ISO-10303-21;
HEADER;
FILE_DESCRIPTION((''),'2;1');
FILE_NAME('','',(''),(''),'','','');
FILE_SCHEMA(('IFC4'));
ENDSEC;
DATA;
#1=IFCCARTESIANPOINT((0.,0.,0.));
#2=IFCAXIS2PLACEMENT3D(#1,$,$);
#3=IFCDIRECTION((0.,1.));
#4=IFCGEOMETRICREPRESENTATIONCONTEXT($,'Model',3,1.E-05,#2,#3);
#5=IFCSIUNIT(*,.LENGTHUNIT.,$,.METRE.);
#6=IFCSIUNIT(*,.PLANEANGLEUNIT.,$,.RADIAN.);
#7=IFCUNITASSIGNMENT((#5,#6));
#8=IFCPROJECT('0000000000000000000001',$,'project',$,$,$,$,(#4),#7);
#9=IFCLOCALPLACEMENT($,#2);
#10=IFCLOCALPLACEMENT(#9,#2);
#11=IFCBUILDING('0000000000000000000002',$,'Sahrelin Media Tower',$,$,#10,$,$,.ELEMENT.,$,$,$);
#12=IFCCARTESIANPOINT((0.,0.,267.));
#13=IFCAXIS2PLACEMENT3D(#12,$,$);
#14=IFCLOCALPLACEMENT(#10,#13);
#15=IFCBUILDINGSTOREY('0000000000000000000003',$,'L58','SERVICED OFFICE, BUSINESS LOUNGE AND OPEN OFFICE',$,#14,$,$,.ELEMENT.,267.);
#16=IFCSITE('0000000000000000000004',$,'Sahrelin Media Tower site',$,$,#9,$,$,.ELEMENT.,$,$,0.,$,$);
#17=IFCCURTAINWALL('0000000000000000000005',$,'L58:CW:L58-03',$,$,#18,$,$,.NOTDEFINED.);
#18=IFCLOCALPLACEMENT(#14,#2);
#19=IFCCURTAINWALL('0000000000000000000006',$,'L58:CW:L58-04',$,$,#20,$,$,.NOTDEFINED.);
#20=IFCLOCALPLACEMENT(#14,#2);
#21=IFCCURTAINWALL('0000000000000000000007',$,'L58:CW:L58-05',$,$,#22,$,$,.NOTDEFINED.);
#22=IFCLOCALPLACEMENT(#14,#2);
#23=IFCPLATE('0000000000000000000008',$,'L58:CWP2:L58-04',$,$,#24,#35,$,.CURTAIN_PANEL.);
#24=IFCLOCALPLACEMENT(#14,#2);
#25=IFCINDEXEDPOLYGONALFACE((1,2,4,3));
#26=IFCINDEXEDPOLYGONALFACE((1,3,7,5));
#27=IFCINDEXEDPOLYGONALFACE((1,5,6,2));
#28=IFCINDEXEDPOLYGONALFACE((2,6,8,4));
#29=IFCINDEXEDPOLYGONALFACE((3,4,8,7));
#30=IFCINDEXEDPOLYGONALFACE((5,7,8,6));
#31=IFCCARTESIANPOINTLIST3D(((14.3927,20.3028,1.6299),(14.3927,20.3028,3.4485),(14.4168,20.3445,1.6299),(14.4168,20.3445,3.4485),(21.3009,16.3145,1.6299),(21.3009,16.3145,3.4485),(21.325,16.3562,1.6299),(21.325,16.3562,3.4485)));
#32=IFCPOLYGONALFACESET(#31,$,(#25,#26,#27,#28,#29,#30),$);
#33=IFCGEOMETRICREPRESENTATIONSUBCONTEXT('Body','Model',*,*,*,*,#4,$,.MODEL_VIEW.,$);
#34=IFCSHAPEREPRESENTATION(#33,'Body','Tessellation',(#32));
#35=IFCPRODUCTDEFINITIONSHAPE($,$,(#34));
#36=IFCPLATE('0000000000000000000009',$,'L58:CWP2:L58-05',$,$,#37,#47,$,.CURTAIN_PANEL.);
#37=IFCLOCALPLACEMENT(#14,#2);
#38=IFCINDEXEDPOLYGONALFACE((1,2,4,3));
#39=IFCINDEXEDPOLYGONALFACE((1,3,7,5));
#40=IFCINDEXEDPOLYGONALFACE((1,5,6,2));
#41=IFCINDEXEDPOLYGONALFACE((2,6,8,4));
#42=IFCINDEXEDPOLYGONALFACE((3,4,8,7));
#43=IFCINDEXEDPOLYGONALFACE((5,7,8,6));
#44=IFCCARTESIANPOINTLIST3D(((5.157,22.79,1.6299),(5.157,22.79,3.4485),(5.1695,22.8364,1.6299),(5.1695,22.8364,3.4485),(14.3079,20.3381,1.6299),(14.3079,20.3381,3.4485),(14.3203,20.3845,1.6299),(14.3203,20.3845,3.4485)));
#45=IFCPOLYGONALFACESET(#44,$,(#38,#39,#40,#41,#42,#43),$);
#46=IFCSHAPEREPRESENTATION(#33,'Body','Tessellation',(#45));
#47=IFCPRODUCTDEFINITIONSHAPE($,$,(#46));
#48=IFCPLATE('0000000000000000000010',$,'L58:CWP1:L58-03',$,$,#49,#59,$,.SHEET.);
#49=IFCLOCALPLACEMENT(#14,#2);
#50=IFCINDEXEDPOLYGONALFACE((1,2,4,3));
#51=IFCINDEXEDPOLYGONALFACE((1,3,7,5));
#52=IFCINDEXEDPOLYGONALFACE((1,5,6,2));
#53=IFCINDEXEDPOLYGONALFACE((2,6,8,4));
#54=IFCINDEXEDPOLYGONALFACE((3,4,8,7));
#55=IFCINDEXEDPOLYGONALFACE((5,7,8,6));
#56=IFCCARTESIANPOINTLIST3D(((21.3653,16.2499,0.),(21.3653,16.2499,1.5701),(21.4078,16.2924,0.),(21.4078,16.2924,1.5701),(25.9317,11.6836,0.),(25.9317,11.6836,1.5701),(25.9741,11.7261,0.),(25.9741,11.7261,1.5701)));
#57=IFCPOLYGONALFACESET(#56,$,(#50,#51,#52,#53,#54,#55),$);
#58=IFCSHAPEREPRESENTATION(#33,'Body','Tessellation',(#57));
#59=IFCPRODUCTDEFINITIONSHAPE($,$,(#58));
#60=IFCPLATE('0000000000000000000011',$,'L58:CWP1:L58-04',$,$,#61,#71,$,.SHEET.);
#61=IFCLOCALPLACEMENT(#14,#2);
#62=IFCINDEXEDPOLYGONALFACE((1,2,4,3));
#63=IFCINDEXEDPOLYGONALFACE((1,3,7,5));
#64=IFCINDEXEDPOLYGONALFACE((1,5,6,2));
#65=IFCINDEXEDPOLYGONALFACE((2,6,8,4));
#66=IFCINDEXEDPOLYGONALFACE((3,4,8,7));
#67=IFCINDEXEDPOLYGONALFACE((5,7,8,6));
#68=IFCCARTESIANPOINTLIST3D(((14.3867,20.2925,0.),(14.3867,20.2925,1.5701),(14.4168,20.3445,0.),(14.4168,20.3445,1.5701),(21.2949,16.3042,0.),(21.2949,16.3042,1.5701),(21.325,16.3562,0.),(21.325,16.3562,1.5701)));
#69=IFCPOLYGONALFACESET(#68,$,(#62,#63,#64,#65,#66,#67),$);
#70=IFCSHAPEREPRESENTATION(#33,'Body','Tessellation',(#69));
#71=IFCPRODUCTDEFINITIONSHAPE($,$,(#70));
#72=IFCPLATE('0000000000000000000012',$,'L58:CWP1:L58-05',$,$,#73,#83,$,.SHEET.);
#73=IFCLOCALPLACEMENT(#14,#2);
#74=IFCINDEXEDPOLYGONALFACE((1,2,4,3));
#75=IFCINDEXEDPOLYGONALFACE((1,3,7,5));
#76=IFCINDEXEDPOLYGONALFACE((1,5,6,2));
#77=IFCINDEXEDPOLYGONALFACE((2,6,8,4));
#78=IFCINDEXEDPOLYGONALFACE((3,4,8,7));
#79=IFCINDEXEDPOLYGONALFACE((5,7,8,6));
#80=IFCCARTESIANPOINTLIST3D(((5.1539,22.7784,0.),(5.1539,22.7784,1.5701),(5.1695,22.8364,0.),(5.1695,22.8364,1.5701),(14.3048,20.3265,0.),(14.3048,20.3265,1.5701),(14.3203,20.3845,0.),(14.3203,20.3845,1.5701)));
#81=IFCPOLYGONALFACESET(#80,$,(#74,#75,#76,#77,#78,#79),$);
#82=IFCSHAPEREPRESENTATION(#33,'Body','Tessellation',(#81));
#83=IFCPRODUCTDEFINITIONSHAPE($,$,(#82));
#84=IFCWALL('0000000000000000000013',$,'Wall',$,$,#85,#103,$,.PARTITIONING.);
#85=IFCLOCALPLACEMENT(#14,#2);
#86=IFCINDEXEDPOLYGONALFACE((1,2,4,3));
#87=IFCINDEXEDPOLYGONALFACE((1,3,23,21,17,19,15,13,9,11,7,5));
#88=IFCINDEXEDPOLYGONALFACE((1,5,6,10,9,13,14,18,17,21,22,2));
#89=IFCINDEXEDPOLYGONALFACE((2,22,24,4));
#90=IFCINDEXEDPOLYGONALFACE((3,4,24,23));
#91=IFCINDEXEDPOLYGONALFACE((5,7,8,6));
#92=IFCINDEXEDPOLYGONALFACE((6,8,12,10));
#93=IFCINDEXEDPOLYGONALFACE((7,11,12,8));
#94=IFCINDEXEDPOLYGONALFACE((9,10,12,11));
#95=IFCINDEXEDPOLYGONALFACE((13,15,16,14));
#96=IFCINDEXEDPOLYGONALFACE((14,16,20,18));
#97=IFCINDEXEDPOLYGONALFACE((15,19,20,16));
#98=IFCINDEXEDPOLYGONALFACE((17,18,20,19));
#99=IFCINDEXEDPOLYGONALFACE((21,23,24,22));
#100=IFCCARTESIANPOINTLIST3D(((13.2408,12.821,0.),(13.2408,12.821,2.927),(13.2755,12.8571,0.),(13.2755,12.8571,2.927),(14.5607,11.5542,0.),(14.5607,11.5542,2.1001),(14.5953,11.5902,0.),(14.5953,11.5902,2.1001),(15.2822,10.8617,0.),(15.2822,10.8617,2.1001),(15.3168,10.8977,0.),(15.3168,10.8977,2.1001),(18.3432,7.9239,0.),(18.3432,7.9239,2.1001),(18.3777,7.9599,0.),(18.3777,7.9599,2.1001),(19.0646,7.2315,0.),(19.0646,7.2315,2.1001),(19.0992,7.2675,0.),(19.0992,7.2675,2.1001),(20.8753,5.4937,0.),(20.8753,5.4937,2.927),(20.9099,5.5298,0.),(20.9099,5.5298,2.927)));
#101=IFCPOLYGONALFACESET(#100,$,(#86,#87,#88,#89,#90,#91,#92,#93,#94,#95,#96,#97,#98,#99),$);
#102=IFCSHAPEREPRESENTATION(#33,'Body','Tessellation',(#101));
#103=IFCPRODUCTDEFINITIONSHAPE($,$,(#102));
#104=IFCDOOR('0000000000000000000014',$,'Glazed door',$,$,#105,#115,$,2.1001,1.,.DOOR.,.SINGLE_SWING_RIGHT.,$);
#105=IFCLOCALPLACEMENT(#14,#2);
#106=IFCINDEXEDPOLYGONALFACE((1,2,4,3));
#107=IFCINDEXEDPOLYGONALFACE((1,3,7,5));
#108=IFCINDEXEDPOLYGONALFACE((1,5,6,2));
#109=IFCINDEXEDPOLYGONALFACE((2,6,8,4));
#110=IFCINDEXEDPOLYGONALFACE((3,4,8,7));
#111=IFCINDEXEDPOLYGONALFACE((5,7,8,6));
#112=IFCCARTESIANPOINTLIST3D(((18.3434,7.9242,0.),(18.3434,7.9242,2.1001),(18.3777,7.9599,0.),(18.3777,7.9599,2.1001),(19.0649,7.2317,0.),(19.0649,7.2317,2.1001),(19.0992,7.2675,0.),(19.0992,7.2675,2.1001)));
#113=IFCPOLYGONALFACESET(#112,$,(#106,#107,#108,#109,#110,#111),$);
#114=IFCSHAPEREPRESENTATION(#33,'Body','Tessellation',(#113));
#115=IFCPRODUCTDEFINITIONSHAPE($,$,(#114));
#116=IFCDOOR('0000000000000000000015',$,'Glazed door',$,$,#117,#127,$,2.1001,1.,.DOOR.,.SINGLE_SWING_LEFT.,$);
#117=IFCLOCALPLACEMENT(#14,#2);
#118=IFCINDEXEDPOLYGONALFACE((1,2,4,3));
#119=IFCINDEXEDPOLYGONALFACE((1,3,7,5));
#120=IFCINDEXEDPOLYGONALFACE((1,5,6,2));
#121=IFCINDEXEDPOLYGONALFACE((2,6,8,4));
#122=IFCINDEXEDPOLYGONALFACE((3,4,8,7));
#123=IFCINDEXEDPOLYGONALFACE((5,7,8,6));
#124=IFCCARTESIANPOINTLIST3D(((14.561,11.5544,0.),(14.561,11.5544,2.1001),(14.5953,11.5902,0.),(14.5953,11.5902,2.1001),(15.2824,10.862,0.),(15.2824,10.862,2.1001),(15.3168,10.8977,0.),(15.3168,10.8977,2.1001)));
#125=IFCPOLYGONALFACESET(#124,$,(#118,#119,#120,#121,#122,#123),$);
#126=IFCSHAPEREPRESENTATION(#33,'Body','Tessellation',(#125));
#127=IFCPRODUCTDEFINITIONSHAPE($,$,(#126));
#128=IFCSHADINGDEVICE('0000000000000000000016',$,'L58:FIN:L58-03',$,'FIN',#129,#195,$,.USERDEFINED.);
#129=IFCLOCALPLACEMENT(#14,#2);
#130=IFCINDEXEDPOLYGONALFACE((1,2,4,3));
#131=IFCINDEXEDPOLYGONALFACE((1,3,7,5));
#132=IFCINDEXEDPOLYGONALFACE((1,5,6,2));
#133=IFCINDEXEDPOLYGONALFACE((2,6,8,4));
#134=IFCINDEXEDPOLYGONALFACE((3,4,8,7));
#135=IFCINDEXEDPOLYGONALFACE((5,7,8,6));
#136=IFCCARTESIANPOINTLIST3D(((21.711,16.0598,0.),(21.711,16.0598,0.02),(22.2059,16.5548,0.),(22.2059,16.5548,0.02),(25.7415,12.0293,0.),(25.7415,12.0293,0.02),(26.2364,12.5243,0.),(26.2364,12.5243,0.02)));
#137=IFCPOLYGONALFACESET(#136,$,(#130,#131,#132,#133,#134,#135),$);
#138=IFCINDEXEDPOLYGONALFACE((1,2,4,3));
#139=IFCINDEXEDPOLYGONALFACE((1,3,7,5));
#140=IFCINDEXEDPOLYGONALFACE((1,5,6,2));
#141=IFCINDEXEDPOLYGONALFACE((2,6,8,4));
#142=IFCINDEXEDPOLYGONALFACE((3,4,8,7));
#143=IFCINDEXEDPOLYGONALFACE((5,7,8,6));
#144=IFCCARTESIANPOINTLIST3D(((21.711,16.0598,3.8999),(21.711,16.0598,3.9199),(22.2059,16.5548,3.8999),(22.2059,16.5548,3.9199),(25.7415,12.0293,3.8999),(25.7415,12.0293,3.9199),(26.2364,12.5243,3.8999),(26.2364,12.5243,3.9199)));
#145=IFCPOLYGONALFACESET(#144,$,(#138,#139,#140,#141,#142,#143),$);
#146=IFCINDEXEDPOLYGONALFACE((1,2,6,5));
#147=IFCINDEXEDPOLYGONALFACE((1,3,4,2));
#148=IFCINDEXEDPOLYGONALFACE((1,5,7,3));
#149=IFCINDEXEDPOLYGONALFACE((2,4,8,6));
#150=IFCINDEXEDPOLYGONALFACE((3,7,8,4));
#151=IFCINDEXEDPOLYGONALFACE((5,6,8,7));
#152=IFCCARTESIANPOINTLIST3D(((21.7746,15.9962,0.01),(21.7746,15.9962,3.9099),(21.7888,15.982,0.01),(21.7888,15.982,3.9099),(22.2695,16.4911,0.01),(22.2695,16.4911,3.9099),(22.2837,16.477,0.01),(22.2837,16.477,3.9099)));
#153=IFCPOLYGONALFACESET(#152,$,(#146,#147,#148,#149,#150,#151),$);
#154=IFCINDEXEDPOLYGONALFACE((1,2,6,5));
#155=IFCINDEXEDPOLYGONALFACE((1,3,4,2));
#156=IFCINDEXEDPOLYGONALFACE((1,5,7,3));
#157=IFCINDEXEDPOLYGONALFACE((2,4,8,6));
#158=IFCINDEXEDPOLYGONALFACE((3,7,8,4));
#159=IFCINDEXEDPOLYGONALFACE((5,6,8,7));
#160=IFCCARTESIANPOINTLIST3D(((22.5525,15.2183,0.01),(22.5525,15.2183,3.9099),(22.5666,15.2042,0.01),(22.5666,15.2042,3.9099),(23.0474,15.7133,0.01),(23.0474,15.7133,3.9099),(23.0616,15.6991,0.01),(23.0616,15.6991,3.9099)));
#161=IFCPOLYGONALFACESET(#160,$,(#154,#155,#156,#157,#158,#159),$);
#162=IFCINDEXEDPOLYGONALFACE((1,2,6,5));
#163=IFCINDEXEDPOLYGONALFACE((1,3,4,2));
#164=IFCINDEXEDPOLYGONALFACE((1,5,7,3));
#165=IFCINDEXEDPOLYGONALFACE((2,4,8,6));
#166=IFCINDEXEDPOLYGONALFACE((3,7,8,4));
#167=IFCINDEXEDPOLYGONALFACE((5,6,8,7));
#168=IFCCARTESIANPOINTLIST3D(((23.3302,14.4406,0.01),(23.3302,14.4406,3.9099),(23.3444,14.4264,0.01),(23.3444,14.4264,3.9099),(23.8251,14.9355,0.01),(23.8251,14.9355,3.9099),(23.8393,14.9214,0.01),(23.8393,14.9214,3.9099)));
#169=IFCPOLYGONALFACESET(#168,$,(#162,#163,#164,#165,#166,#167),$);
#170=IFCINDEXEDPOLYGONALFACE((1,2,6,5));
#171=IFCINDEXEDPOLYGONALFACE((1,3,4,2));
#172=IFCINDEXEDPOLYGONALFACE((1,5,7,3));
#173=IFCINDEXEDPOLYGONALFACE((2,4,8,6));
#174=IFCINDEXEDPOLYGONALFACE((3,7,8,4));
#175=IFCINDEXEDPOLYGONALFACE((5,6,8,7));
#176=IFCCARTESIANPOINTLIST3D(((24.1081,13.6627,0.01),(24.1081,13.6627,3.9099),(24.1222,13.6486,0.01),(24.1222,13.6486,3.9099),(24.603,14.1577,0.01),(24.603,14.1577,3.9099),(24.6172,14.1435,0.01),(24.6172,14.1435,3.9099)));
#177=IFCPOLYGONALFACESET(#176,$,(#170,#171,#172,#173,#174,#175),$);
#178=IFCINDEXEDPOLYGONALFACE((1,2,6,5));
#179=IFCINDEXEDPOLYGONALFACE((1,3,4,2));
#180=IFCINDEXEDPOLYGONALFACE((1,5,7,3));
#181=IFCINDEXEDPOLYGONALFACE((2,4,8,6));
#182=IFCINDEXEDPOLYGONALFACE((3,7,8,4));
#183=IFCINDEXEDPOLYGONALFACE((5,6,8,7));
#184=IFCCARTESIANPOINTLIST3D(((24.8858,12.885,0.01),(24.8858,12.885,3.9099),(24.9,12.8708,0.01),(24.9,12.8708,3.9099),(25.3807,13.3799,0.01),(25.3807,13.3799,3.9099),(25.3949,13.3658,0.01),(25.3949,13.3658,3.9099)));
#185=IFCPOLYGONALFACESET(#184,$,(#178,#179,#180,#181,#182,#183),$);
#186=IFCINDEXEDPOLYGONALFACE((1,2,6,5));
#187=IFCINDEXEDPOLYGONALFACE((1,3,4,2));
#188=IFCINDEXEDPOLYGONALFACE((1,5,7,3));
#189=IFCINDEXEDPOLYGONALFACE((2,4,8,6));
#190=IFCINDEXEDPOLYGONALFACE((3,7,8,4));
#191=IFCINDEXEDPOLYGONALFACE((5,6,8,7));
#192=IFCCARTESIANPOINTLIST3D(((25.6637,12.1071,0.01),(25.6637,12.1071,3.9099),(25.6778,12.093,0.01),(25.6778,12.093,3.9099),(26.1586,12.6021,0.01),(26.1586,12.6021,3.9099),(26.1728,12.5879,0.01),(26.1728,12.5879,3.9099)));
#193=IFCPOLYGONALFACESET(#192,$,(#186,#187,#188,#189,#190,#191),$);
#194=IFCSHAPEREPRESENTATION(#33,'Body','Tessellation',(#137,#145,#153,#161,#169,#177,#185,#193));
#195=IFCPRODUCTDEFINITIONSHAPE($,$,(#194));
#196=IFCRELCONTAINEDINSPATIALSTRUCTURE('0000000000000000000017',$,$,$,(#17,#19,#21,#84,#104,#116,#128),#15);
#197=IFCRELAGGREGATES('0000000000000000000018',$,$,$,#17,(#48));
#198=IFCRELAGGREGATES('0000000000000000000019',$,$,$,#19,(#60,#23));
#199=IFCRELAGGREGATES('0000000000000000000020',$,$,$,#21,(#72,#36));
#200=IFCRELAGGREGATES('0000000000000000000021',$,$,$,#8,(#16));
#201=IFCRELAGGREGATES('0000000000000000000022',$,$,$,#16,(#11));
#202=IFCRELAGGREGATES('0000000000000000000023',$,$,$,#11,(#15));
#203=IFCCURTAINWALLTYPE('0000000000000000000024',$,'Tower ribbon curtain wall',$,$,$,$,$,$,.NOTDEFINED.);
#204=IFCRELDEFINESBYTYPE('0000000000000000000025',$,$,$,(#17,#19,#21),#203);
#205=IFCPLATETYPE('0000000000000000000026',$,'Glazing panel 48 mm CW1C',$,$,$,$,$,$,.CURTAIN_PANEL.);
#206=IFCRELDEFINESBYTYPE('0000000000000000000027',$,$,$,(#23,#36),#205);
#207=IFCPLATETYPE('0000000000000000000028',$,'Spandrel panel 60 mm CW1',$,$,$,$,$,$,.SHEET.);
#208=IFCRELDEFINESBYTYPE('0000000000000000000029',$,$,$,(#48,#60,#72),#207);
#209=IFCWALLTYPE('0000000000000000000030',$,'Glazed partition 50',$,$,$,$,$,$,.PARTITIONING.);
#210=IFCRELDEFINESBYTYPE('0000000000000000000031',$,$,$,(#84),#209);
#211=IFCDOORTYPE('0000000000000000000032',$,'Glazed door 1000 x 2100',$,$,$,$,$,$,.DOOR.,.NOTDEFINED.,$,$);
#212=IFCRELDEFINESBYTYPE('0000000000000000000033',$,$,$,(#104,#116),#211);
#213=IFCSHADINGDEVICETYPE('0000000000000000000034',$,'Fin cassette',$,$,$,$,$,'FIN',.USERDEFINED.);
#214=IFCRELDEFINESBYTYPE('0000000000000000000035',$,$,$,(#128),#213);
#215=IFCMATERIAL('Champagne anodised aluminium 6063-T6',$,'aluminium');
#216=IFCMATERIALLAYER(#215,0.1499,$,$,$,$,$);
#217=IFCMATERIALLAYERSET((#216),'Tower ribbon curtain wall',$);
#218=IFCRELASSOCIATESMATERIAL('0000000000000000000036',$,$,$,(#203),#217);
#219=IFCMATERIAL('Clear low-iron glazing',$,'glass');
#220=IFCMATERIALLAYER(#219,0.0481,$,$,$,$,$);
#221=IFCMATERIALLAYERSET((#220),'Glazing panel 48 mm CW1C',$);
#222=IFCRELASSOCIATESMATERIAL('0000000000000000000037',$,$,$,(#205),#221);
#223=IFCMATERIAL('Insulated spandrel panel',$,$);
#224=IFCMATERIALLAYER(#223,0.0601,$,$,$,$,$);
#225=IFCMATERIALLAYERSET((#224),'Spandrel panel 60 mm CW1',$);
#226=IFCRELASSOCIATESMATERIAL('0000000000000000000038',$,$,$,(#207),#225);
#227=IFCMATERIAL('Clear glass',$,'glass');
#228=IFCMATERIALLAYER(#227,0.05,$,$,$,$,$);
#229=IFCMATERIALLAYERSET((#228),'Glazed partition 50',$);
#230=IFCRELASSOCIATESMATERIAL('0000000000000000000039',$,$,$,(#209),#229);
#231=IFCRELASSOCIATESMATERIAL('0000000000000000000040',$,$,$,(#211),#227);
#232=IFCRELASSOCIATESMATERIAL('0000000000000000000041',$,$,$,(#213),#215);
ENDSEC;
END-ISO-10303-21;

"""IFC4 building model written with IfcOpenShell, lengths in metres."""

from ifc_helpers import new_model, si_unit, direction, frame, frame_2d, origin, origin_2d, place, context, subcontext, project, spatial, polyline, rectangle, outline, extrude, material, layer, layer_set, type_object, element, fill, aggregate, save


model = new_model("IFC4")

# Units and contexts
model_context = context("Model", 3, precision=1e-05, world=origin(), true_north=direction((0.0, 1.0)))
body_context = subcontext(model_context, "Body", "Model", "MODEL_VIEW")
ifc_project = project(units=[si_unit("LENGTHUNIT", "METRE"), si_unit("PLANEANGLEUNIT", "RADIAN")], contexts=[model_context])

# Site, building, storey
site_placement = place(None, origin())
site = spatial("IfcSite", under=ifc_project, at=site_placement, Name="Sahrelin Media Tower site", CompositionType="ELEMENT", RefElevation=0.0)
building_placement = place(site_placement, origin())
building = spatial("IfcBuilding", under=site, at=building_placement, Name="Sahrelin Media Tower", CompositionType="ELEMENT")
storey_placement = place(building_placement, frame((0.0, 0.0, 267.0)))
storey = spatial("IfcBuildingStorey", under=building, at=storey_placement, Name="L58", Description="SERVICED OFFICE, BUSINESS LOUNGE AND OPEN OFFICE", CompositionType="ELEMENT", Elevation=267.0)

# Curtain walls
ifc_material_1 = material(Name="Champagne anodised aluminium 6063-T6", Category="aluminium")
ifc_layer_1 = layer(ifc_material_1, 0.1499)
ifc_layer_set_1 = layer_set([ifc_layer_1], Name="Tower ribbon curtain wall")
curtain_wall_type = type_object("IfcCurtainWallType", Name="Tower ribbon curtain wall", PredefinedType="NOTDEFINED", material=ifc_layer_set_1)
curtain_wall_1_placement = place(storey_placement, frame((23.6768, 13.9951, 0.0), z_axis=(0.0, 0.0, 1.0), x_axis=(1.0, 0.0, 0.0)))
curtain_wall_1 = element("IfcCurtainWall", 1, at=curtain_wall_1_placement, inside=storey, type_object=curtain_wall_type, Name="L58:CW:L58-03", PredefinedType="NOTDEFINED")
curtain_wall_2_placement = place(storey_placement, frame((17.8608, 18.333, 0.0), z_axis=(0.0, 0.0, 1.0), x_axis=(1.0, 0.0, 0.0)))
curtain_wall_2 = element("IfcCurtainWall", 2, at=curtain_wall_2_placement, inside=storey, type_object=curtain_wall_type, Name="L58:CW:L58-04", PredefinedType="NOTDEFINED")

# Curtain wall
curtain_wall_3_placement = place(storey_placement, frame((9.7397, 21.5913, 0.0), z_axis=(0.0, 0.0, 1.0), x_axis=(1.0, 0.0, 0.0)))
curtain_wall_3 = element("IfcCurtainWall", 3, at=curtain_wall_3_placement, inside=storey, type_object=curtain_wall_type, Name="L58:CW:L58-05", PredefinedType="NOTDEFINED")

# Plates
ifc_material_2 = material(Name="Clear low-iron glazing", Category="glass")
ifc_layer_2 = layer(ifc_material_2, 0.0481)
ifc_layer_set_2 = layer_set([ifc_layer_2], Name="Glazing panel 48 mm CW1C")
plate_type_1 = type_object("IfcPlateType", Name="Glazing panel 48 mm CW1C", PredefinedType="CURTAIN_PANEL", material=ifc_layer_set_2)
plate_1_placement = place(storey_placement, frame((21.325, 16.3562, 1.6299), z_axis=(0.499984, 0.866035, 0.0), x_axis=(-0.866035, 0.499984, 0.0)))
plate_1 = element("IfcPlate", 4, at=plate_1_placement, type_object=plate_type_1, Name="L58:CWP2:L58-04", PredefinedType="CURTAIN_PANEL", context=body_context, shape_type="SweptSolid", body=[
    extrude(outline(polyline([(0.0, 0.0), (7.9768, 0.0), (7.9768, 1.8186), (0.0, 1.8186), (0.0, 0.0)])), origin(), (0.0, 0.0, -1.0), 0.0481),
])
plate_2_placement = place(storey_placement, frame((14.3203, 20.3845, 1.6299), z_axis=(0.258813, 0.965928, 0.0), x_axis=(-0.965928, 0.258813, 0.0)))
plate_2 = element("IfcPlate", 5, at=plate_2_placement, type_object=plate_type_1, Name="L58:CWP2:L58-05", PredefinedType="CURTAIN_PANEL", context=body_context, shape_type="SweptSolid", body=[
    extrude(outline(polyline([(0.0, 0.0), (9.4736, 0.0), (9.4736, 1.8186), (0.0, 1.8186), (0.0, 0.0)])), origin(), (0.0, 0.0, -1.0), 0.0481),
])
ifc_material_3 = material(Name="Insulated spandrel panel")
ifc_layer_3 = layer(ifc_material_3, 0.0601)
ifc_layer_set_3 = layer_set([ifc_layer_3], Name="Spandrel panel 60 mm CW1")
plate_type_2 = type_object("IfcPlateType", Name="Spandrel panel 60 mm CW1", PredefinedType="SHEET", material=ifc_layer_set_3)
plate_3_placement = place(storey_placement, frame((25.9741, 11.7261, 0.0), z_axis=(0.707107, 0.707107, 0.0), x_axis=(-0.707107, 0.707107, 0.0)))
plate_3 = element("IfcPlate", 6, at=plate_3_placement, type_object=plate_type_2, Name="L58:CWP1:L58-03", PredefinedType="SHEET", context=body_context, shape_type="SweptSolid", body=[
    extrude(outline(polyline([(0.0, 0.0), (6.4578, 0.0), (6.4578, 1.5701), (0.0, 1.5701), (0.0, 0.0)])), origin(), (0.0, 0.0, -1.0), 0.0601),
])
aggregate(curtain_wall_1, [plate_3])
plate_4_placement = place(storey_placement, frame((21.325, 16.3562, 0.0), z_axis=(0.499984, 0.866035, 0.0), x_axis=(-0.866035, 0.499984, 0.0)))
plate_4 = element("IfcPlate", 7, at=plate_4_placement, type_object=plate_type_2, Name="L58:CWP1:L58-04", PredefinedType="SHEET", context=body_context, shape_type="SweptSolid", body=[
    extrude(outline(polyline([(0.0, 0.0), (7.9768, 0.0), (7.9768, 1.5701), (0.0, 1.5701), (0.0, 0.0)])), origin(), (0.0, 0.0, -1.0), 0.0601),
])
aggregate(curtain_wall_2, [plate_4, plate_1])
plate_5_placement = place(storey_placement, frame((14.3203, 20.3845, 0.0), z_axis=(0.258813, 0.965928, 0.0), x_axis=(-0.965928, 0.258813, 0.0)))
plate_5 = element("IfcPlate", 8, at=plate_5_placement, type_object=plate_type_2, Name="L58:CWP1:L58-05", PredefinedType="SHEET", context=body_context, shape_type="SweptSolid", body=[
    extrude(outline(polyline([(0.0, 0.0), (9.4736, 0.0), (9.4736, 1.5701), (0.0, 1.5701), (0.0, 0.0)])), origin(), (0.0, 0.0, -1.0), 0.0601),
])
aggregate(curtain_wall_3, [plate_5, plate_2])

# Wall, openings, doors
ifc_material_4 = material(Name="Clear glass", Category="glass")
ifc_layer_4 = layer(ifc_material_4, 0.05)
ifc_layer_set_4 = layer_set([ifc_layer_4], Name="Glazed partition 50")
wall_type = type_object("IfcWallType", Name="Glazed partition 50", PredefinedType="PARTITIONING", material=ifc_layer_set_4)
wall_placement = place(storey_placement, frame((13.2581, 12.8391, 0.0), z_axis=(0.0, 0.0, 1.0), x_axis=(0.72147, -0.692446, 0.0)))
wall = element("IfcWall", 9, at=wall_placement, inside=storey, type_object=wall_type, Name="Wall", PredefinedType="PARTITIONING", context=body_context, shape_type="SweptSolid", body=[
    extrude(rectangle(XDim=10.5818, YDim=0.05, at=frame_2d((5.291, 0.0))), origin(), (0.0, 0.0, 1.0), 2.927),
])
opening_1_placement = place(wall_placement, frame((7.0723, 0.0, 0.0)))
opening_1 = element("IfcOpeningElement", 10, at=opening_1_placement, cuts=wall, PredefinedType="OPENING", context=body_context, shape_type="SweptSolid", body=[
    extrude(rectangle(XDim=1.0, YDim=2.1001, at=frame_2d((0.5, 1.05))), frame((0.0, 0.0249, 0.0), z_axis=(0.0, -1.0, 0.0), x_axis=(1.0, 0.0, 0.0)), (0.0, 0.0, 1.0), 0.05),
])
opening_2_placement = place(wall_placement, frame((1.8296, 0.0, 0.0)))
opening_2 = element("IfcOpeningElement", 11, at=opening_2_placement, cuts=wall, PredefinedType="OPENING", context=body_context, shape_type="SweptSolid", body=[
    extrude(rectangle(XDim=1.0, YDim=2.1001, at=frame_2d((0.5, 1.05))), frame((0.0, 0.0249, 0.0), z_axis=(0.0, -1.0, 0.0), x_axis=(1.0, 0.0, 0.0)), (0.0, 0.0, 1.0), 0.05),
])
door_type = type_object("IfcDoorType", Name="Glazed door 1000 x 2100", OperationType="NOTDEFINED", PredefinedType="DOOR", material=ifc_material_4)
door_1_placement = place(opening_1_placement, origin())
door_1 = element("IfcDoor", 12, at=door_1_placement, inside=storey, type_object=door_type, Name="Glazed door", OperationType="SINGLE_SWING_RIGHT", OverallHeight=2.1001, OverallWidth=1.0, PredefinedType="DOOR", context=body_context, shape_type="SweptSolid", body=[
    extrude(rectangle(XDim=1.0, YDim=2.1001, at=frame_2d((0.5, 1.05))), frame((0.0, 0.0249, 0.0), z_axis=(0.0, -1.0, 0.0), x_axis=(1.0, 0.0, 0.0)), (0.0, 0.0, 1.0), 0.0496),
])
fill(opening_1, door_1)
door_2_placement = place(opening_2_placement, origin())
door_2 = element("IfcDoor", 13, at=door_2_placement, inside=storey, type_object=door_type, Name="Glazed door", OperationType="SINGLE_SWING_LEFT", OverallHeight=2.1001, OverallWidth=1.0, PredefinedType="DOOR", context=body_context, shape_type="SweptSolid", body=[
    extrude(rectangle(XDim=1.0, YDim=2.1001, at=frame_2d((0.5, 1.05))), frame((0.0, 0.0249, 0.0), z_axis=(0.0, -1.0, 0.0), x_axis=(1.0, 0.0, 0.0)), (0.0, 0.0, 1.0), 0.0496),
])
fill(opening_2, door_2)

# Shading device
shading_device_type_1 = type_object("IfcShadingDeviceType", Name="Fin cassette", ElementType="FIN", PredefinedType="USERDEFINED", material=ifc_material_1)
placement_1 = place(storey_placement, frame((23.6768, 13.9951, 0.0), z_axis=(0.0, 0.0, 1.0), x_axis=(0.707107, -0.707107, 0.0)))
element("IfcShadingDevice", 14, at=placement_1, inside=storey, type_object=shading_device_type_1, Name="L58:FIN:L58-03", ObjectType="FIN", PredefinedType="USERDEFINED", context=body_context, shape_type="SweptSolid", body=[
    extrude(rectangle(XDim=5.7, YDim=0.7, at=origin_2d()), frame((0.0, 0.4199, 0.0)), (0.0, 0.0, 1.0), 0.02),
    extrude(rectangle(XDim=5.7, YDim=0.7, at=origin_2d()), frame((0.0, 0.4199, 3.8999)), (0.0, 0.0, 1.0), 0.02),
    extrude(rectangle(XDim=0.02, YDim=0.7, at=origin_2d()), frame((-2.75, 0.4199, 0.01), z_axis=(0.0, 0.0, 1.0), x_axis=(1.0, 0.0, 0.0)), (0.0, 0.0, 1.0), 3.8999),
    extrude(rectangle(XDim=0.02, YDim=0.7, at=origin_2d()), frame((-1.6499, 0.4199, 0.01), z_axis=(0.0, 0.0, 1.0), x_axis=(1.0, 0.0, 0.0)), (0.0, 0.0, 1.0), 3.8999),
    extrude(rectangle(XDim=0.02, YDim=0.7, at=origin_2d()), frame((-0.55, 0.4199, 0.01), z_axis=(0.0, 0.0, 1.0), x_axis=(1.0, 0.0, 0.0)), (0.0, 0.0, 1.0), 3.8999),
    extrude(rectangle(XDim=0.02, YDim=0.7, at=origin_2d()), frame((0.55, 0.4199, 0.01), z_axis=(0.0, 0.0, 1.0), x_axis=(1.0, 0.0, 0.0)), (0.0, 0.0, 1.0), 3.8999),
    extrude(rectangle(XDim=0.02, YDim=0.7, at=origin_2d()), frame((1.6499, 0.4199, 0.01), z_axis=(0.0, 0.0, 1.0), x_axis=(1.0, 0.0, 0.0)), (0.0, 0.0, 1.0), 3.8999),
    extrude(rectangle(XDim=0.02, YDim=0.7, at=origin_2d()), frame((2.75, 0.4199, 0.01), z_axis=(0.0, 0.0, 1.0), x_axis=(1.0, 0.0, 0.0)), (0.0, 0.0, 1.0), 3.8999),
])

save(model, "model.ifc")
